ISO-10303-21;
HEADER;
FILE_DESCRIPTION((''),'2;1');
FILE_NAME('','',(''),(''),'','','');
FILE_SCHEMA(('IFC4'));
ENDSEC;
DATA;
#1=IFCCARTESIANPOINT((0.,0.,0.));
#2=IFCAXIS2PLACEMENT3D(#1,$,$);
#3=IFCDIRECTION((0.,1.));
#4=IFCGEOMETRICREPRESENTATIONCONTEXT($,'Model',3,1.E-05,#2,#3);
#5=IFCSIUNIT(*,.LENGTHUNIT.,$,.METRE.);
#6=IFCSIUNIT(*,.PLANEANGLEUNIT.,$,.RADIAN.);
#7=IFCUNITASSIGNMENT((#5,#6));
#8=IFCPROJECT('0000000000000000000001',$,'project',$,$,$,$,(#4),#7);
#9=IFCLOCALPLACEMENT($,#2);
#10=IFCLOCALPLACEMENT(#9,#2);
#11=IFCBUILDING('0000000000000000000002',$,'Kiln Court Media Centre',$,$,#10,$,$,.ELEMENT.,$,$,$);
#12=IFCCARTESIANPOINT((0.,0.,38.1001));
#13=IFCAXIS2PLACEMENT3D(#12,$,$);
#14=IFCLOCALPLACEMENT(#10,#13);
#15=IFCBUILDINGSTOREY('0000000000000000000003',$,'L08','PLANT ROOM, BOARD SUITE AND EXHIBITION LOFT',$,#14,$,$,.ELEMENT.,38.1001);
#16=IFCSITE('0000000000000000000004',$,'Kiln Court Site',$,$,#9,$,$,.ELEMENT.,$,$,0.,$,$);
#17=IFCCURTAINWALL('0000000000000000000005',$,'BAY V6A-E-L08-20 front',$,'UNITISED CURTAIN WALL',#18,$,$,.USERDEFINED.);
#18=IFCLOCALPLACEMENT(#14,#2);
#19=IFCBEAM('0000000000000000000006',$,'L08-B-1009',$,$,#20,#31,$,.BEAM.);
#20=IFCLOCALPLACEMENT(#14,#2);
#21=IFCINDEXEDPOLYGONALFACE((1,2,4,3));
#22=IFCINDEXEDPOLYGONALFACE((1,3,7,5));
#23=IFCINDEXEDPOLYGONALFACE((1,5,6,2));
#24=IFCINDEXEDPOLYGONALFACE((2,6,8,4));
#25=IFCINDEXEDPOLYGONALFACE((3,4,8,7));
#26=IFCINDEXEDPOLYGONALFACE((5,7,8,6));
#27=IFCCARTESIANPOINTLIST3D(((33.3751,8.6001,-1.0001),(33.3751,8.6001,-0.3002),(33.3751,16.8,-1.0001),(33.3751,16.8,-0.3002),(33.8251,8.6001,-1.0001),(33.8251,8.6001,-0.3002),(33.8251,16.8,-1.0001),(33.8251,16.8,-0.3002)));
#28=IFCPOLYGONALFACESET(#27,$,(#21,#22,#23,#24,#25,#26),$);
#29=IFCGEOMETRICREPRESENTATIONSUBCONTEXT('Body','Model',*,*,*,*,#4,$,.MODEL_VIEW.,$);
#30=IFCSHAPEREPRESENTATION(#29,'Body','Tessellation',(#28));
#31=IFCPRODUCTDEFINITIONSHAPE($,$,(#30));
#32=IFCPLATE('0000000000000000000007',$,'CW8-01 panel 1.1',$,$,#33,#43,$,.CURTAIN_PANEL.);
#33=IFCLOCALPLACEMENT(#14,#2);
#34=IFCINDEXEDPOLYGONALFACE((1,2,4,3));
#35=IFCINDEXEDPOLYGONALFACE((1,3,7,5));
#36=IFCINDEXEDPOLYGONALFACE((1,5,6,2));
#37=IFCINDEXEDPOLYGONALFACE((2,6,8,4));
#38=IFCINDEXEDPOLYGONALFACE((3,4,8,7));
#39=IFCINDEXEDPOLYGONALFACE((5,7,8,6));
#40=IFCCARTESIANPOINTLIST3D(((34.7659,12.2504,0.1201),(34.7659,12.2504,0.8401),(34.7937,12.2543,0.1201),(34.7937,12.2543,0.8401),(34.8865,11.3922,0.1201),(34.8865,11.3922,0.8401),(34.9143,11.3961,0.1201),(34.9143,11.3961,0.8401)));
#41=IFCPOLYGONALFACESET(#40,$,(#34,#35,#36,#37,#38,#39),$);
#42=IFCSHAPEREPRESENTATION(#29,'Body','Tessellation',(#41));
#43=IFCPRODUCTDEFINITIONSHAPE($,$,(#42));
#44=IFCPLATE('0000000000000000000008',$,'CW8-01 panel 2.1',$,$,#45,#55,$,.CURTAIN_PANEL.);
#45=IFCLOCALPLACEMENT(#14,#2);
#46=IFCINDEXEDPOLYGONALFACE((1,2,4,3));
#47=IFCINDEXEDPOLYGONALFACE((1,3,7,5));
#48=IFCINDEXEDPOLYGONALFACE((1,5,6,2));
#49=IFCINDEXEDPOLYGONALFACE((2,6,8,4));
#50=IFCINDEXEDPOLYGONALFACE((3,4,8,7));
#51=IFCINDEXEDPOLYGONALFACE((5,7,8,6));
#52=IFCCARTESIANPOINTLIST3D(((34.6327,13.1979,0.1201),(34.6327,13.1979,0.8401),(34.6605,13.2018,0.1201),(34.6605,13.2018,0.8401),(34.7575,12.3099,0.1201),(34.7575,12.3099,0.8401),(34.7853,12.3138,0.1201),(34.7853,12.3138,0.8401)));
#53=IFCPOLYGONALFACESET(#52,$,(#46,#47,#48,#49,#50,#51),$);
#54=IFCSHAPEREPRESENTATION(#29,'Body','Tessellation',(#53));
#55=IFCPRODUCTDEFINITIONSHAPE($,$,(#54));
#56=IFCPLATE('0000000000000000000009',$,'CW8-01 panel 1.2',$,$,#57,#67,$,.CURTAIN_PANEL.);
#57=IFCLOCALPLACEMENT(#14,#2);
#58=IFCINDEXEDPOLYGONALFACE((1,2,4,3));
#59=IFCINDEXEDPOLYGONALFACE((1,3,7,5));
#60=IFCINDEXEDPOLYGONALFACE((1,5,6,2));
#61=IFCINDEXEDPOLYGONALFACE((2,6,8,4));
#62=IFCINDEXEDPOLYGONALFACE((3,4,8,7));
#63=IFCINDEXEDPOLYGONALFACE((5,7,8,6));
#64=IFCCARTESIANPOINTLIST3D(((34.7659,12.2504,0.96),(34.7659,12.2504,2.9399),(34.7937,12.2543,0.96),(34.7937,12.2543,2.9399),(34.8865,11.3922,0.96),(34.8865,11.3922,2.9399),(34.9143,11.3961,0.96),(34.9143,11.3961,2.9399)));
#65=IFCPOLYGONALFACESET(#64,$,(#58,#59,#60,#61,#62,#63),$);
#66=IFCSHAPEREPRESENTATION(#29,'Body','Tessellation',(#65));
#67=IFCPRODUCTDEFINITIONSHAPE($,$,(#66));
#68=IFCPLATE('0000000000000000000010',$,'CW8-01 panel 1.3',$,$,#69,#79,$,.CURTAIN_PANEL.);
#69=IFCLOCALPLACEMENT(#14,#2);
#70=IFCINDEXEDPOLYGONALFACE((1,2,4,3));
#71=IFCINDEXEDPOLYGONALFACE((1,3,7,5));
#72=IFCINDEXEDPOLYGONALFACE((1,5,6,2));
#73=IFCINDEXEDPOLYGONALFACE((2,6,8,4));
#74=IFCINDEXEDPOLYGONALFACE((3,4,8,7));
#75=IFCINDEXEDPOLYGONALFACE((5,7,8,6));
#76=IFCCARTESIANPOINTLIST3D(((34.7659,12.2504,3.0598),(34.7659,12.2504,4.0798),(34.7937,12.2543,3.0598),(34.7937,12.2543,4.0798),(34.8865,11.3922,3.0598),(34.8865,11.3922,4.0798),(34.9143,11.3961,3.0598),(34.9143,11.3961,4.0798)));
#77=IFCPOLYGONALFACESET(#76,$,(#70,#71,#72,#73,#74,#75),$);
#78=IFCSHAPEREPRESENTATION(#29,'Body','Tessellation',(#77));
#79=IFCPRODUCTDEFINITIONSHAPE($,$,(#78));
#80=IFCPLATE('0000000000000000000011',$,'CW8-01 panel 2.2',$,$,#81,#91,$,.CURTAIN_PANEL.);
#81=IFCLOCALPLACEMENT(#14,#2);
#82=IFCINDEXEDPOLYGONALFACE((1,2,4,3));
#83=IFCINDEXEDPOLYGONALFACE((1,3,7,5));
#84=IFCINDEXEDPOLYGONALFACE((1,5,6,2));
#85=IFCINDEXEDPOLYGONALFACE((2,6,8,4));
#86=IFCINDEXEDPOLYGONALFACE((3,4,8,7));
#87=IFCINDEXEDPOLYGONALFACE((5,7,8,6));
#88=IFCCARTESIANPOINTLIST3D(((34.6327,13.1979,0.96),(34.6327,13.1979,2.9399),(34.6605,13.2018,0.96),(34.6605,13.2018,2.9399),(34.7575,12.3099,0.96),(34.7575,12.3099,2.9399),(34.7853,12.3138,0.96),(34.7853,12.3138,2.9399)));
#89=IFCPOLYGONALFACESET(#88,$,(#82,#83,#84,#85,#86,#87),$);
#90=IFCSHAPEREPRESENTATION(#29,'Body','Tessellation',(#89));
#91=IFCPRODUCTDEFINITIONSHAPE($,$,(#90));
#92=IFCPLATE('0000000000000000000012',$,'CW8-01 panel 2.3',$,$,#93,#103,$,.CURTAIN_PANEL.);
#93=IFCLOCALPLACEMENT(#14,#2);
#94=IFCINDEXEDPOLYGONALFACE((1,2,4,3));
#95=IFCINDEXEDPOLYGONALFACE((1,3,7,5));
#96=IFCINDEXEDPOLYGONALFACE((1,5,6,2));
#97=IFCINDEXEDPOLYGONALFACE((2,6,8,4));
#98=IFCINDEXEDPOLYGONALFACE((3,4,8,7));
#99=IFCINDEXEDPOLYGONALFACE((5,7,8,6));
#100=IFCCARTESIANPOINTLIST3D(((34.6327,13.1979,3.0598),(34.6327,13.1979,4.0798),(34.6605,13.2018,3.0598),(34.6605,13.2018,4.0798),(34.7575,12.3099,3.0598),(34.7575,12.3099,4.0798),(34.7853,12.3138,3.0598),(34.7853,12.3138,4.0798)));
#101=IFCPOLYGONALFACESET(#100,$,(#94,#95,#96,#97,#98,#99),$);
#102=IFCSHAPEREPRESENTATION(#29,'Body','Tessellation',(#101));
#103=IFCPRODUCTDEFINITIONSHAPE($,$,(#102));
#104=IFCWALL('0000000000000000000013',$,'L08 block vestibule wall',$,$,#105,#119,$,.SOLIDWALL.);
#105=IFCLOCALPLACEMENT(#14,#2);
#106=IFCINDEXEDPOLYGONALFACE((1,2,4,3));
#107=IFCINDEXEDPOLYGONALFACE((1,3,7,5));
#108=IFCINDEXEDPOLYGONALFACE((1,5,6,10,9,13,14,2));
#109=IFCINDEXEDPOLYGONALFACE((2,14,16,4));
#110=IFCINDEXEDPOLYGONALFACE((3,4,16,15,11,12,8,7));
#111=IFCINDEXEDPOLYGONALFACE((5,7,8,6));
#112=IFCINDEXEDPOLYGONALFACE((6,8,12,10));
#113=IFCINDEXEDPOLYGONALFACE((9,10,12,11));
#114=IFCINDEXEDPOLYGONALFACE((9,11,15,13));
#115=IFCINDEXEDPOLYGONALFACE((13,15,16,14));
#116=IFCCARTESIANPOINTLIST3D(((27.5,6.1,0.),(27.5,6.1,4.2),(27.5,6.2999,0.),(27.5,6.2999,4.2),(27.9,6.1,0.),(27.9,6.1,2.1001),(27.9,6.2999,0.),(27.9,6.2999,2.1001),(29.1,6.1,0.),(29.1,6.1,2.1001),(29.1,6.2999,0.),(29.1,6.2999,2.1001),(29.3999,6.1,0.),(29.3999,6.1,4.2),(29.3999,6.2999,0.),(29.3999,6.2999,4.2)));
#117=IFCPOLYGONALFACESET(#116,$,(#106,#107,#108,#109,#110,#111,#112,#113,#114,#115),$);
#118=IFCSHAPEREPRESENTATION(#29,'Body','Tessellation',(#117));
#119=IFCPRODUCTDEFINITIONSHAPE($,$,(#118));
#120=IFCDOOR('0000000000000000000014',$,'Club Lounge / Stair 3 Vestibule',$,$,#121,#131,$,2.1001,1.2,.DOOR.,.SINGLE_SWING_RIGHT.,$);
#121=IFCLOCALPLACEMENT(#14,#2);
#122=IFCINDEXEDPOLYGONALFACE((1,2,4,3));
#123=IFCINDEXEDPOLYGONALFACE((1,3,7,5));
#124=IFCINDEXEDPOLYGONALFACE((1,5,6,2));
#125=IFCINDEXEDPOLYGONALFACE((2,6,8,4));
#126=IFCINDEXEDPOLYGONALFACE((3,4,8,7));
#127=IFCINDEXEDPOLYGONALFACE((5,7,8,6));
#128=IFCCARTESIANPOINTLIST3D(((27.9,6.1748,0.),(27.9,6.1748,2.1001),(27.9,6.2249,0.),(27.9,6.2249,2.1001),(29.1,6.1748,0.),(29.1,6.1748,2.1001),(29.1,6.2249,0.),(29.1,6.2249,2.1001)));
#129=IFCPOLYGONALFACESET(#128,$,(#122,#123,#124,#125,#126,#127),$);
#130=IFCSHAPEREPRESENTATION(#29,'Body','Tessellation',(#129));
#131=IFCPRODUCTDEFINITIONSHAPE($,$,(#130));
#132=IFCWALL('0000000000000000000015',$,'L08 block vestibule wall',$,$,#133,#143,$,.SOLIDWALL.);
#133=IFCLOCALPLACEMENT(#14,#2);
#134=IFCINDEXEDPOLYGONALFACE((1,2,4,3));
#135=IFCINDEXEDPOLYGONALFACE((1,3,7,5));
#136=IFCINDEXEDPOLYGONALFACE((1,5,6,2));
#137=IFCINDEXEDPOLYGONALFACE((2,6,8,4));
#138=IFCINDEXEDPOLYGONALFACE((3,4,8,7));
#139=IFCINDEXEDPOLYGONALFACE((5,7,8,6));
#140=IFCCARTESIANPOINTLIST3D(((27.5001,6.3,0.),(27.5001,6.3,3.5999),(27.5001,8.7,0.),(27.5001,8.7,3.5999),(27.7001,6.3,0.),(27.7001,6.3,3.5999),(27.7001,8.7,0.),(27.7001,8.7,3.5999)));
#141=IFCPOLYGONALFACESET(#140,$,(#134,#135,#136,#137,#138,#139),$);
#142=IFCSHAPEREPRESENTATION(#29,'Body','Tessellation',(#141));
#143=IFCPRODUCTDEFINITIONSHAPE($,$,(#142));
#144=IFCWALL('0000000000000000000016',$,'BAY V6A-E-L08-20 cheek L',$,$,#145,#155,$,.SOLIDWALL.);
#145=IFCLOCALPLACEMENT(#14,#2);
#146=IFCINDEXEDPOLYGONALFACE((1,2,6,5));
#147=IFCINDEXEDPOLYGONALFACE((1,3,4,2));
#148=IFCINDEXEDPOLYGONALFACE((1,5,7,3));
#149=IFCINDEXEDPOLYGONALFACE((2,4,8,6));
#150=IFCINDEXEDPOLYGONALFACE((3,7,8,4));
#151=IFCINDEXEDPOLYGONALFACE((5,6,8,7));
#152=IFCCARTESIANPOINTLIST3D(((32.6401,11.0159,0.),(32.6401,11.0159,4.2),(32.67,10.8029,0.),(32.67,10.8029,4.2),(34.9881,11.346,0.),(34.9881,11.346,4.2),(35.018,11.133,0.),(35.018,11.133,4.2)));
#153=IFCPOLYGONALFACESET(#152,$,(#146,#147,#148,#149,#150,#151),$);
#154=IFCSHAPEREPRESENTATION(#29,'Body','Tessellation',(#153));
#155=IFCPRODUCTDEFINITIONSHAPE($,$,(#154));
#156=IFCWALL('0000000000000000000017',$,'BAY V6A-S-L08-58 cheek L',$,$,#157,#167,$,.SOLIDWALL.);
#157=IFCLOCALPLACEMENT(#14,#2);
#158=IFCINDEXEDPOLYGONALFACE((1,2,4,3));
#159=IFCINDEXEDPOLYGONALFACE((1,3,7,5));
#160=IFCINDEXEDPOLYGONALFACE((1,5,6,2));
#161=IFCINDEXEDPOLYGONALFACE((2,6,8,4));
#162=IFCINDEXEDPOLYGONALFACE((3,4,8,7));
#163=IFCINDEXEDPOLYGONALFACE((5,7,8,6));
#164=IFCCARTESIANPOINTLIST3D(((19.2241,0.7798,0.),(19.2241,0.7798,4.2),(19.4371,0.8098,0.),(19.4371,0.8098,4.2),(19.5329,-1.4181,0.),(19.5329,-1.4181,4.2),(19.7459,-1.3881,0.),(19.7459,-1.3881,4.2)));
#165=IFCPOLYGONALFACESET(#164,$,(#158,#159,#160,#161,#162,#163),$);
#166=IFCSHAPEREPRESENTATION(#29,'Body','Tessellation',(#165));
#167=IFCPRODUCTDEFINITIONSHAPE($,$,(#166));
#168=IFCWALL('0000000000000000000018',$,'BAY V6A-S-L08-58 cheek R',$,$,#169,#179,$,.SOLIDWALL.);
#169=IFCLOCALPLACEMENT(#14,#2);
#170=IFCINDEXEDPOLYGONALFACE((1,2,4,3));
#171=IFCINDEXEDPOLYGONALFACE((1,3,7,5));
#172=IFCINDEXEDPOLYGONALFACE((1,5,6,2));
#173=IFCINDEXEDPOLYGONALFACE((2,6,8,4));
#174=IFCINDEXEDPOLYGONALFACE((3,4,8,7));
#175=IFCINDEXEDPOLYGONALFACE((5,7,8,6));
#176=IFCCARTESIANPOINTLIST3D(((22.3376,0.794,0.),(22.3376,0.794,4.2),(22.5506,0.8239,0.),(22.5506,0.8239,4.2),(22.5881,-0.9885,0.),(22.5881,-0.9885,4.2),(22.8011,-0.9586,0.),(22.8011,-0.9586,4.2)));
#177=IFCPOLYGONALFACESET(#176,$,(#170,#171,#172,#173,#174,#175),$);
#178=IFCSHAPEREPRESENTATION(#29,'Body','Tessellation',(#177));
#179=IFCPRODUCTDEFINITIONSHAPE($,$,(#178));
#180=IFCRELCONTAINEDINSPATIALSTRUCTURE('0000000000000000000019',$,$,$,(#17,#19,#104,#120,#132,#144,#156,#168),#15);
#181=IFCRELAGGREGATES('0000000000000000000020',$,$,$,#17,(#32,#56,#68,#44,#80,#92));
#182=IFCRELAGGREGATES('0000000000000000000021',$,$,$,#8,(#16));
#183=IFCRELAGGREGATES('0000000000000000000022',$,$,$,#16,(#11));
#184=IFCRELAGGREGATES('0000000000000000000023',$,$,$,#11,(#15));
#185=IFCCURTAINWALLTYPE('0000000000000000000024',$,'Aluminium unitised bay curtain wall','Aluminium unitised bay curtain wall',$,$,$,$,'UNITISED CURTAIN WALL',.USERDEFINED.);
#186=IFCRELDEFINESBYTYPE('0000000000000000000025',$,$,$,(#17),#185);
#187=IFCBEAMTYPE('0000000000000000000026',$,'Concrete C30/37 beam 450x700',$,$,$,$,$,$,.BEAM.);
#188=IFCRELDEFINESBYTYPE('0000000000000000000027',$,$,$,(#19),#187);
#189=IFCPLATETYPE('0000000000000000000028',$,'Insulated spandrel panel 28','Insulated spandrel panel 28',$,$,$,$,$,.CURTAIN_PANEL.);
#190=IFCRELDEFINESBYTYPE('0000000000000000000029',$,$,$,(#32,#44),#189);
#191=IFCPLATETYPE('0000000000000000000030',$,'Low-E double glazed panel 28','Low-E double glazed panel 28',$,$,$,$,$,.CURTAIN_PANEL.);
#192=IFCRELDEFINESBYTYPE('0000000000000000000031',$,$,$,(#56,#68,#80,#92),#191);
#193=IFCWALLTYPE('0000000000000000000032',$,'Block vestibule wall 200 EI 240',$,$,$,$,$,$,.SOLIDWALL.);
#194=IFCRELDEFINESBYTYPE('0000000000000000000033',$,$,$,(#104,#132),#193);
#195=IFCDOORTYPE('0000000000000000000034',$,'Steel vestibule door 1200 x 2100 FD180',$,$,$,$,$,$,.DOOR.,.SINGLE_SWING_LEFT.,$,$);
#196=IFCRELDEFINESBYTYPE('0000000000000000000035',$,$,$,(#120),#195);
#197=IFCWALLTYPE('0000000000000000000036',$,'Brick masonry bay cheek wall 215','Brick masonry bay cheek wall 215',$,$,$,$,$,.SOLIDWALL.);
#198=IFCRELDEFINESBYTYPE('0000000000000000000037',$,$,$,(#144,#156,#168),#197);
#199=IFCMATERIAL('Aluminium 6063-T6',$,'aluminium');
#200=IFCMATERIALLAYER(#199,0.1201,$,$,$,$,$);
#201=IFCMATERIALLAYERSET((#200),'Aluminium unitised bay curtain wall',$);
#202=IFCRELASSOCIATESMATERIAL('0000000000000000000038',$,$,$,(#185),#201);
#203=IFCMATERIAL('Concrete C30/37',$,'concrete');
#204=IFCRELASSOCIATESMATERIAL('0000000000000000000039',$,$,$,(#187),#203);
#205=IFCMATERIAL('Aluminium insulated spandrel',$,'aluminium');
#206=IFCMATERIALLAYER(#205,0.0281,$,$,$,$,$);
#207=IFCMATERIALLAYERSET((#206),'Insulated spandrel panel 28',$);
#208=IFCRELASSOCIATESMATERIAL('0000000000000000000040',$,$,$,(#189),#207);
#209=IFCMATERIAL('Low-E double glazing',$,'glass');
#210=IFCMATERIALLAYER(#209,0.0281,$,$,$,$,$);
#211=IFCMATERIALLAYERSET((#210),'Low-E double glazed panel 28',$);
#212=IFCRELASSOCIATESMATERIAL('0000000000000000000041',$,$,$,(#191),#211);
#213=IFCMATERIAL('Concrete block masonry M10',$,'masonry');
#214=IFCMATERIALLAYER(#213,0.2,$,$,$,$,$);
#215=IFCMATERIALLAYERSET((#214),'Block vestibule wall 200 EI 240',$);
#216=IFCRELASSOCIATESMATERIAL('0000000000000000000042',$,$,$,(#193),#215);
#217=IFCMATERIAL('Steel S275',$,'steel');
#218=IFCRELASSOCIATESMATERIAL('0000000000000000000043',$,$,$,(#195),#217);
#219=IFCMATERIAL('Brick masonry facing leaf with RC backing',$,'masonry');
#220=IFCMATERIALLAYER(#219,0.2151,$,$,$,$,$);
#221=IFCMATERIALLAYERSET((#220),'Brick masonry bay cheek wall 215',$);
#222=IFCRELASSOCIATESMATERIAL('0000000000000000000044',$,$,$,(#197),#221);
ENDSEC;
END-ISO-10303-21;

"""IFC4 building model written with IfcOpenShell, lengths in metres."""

from ifc_helpers import new_model, si_unit, direction, frame, frame_2d, origin, origin_2d, place, context, subcontext, project, spatial, rectangle, extrude, material, layer, layer_set, material_profile, profile_set, type_object, element, fill, aggregate, save


model = new_model("IFC4")

# Units and contexts
model_context = context("Model", 3, precision=1e-05, world=origin(), true_north=direction((0.0, 1.0)))
body_context = subcontext(model_context, "Body", "Model", "MODEL_VIEW")
ifc_project = project(units=[si_unit("LENGTHUNIT", "METRE"), si_unit("PLANEANGLEUNIT", "RADIAN")], contexts=[model_context])

# Site, building, storey
site_placement = place(None, origin())
site = spatial("IfcSite", under=ifc_project, at=site_placement, Name="Kiln Court Site", CompositionType="ELEMENT", RefElevation=0.0)
building_placement = place(site_placement, origin())
building = spatial("IfcBuilding", under=site, at=building_placement, Name="Kiln Court Media Centre", CompositionType="ELEMENT")
storey_placement = place(building_placement, frame((0.0, 0.0, 38.1001)))
storey = spatial("IfcBuildingStorey", under=building, at=storey_placement, Name="L08", Description="PLANT ROOM, BOARD SUITE AND EXHIBITION LOFT", CompositionType="ELEMENT", Elevation=38.1001)

# Curtain wall
ifc_material_1 = material(Name="Aluminium 6063-T6", Category="aluminium")
ifc_layer_1 = layer(ifc_material_1, 0.1201)
ifc_layer_set_1 = layer_set([ifc_layer_1], Name="Aluminium unitised bay curtain wall")
curtain_wall_type = type_object("IfcCurtainWallType", Name="Aluminium unitised bay curtain wall", Description="Aluminium unitised bay curtain wall", ElementType="UNITISED CURTAIN WALL", PredefinedType="USERDEFINED", material=ifc_layer_set_1)
curtain_wall_placement = place(storey_placement, origin())
curtain_wall = element("IfcCurtainWall", 1, at=curtain_wall_placement, inside=storey, type_object=curtain_wall_type, Name="BAY V6A-E-L08-20 front", ObjectType="UNITISED CURTAIN WALL", PredefinedType="USERDEFINED")

# Beam
ifc_material_2 = material(Name="Concrete C30/37", Category="concrete")
ifc_material_profile_1 = material_profile(ifc_material_2, rectangle(XDim=0.45, YDim=0.7, at=origin_2d()), Name="RC 450x700")
ifc_profile_set_1 = profile_set([ifc_material_profile_1], Name="Concrete C30/37")
beam_type_1 = type_object("IfcBeamType", Name="Concrete C30/37 beam 450x700", PredefinedType="BEAM", material=ifc_profile_set_1)
beam_1_placement = place(storey_placement, frame((33.6001, 8.6001, -0.6501), z_axis=(0.0, 1.0, 0.0), x_axis=(-1.0, 0.0, 0.0)))
element("IfcBeam", 2, at=beam_1_placement, inside=storey, type_object=beam_type_1, Name="L08-B-1009", PredefinedType="BEAM", context=body_context, shape_type="SweptSolid", body=[
    extrude(rectangle(XDim=0.45, YDim=0.7, at=origin_2d()), origin(), (0.0, 0.0, 1.0), 8.2),
])

# Plates
ifc_material_3 = material(Name="Aluminium insulated spandrel", Category="aluminium")
ifc_layer_2 = layer(ifc_material_3, 0.0281)
ifc_layer_set_2 = layer_set([ifc_layer_2], Name="Insulated spandrel panel 28")
plate_type_1 = type_object("IfcPlateType", Name="Insulated spandrel panel 28", Description="Insulated spandrel panel 28", PredefinedType="CURTAIN_PANEL", material=ifc_layer_set_2)
plate_1_placement = place(storey_placement, frame((34.8401, 11.8232, 0.1201), z_axis=(0.0, 0.0, 1.0), x_axis=(-0.139162, 0.99027, 0.0)))
plate_1 = element("IfcPlate", 3, at=plate_1_placement, type_object=plate_type_1, Name="CW8-01 panel 1.1", PredefinedType="CURTAIN_PANEL", context=body_context, shape_type="SweptSolid", body=[
    extrude(rectangle(XDim=0.8667, YDim=0.0281, at=origin_2d()), origin(), (0.0, 0.0, 1.0), 0.72),
])
plate_2_placement = place(storey_placement, frame((34.709, 12.7559, 0.1201), z_axis=(0.0, 0.0, 1.0), x_axis=(-0.139162, 0.99027, 0.0)))
plate_2 = element("IfcPlate", 4, at=plate_2_placement, type_object=plate_type_1, Name="CW8-01 panel 2.1", PredefinedType="CURTAIN_PANEL", context=body_context, shape_type="SweptSolid", body=[
    extrude(rectangle(XDim=0.8967, YDim=0.0281, at=origin_2d()), origin(), (0.0, 0.0, 1.0), 0.72),
])
ifc_material_4 = material(Name="Low-E double glazing", Category="glass")
ifc_layer_3 = layer(ifc_material_4, 0.0281)
ifc_layer_set_3 = layer_set([ifc_layer_3], Name="Low-E double glazed panel 28")
plate_type_2 = type_object("IfcPlateType", Name="Low-E double glazed panel 28", Description="Low-E double glazed panel 28", PredefinedType="CURTAIN_PANEL", material=ifc_layer_set_3)
plate_3_placement = place(storey_placement, frame((34.8401, 11.8232, 0.96), z_axis=(0.0, 0.0, 1.0), x_axis=(-0.139162, 0.99027, 0.0)))
plate_3 = element("IfcPlate", 5, at=plate_3_placement, type_object=plate_type_2, Name="CW8-01 panel 1.2", PredefinedType="CURTAIN_PANEL", context=body_context, shape_type="SweptSolid", body=[
    extrude(rectangle(XDim=0.8667, YDim=0.0281, at=origin_2d()), origin(), (0.0, 0.0, 1.0), 1.98),
])
plate_4_placement = place(storey_placement, frame((34.8401, 11.8232, 3.0598), z_axis=(0.0, 0.0, 1.0), x_axis=(-0.139162, 0.99027, 0.0)))
plate_4 = element("IfcPlate", 6, at=plate_4_placement, type_object=plate_type_2, Name="CW8-01 panel 1.3", PredefinedType="CURTAIN_PANEL", context=body_context, shape_type="SweptSolid", body=[
    extrude(rectangle(XDim=0.8667, YDim=0.0281, at=origin_2d()), origin(), (0.0, 0.0, 1.0), 1.02),
])
plate_5_placement = place(storey_placement, frame((34.709, 12.7559, 0.96), z_axis=(0.0, 0.0, 1.0), x_axis=(-0.139162, 0.99027, 0.0)))
plate_5 = element("IfcPlate", 7, at=plate_5_placement, type_object=plate_type_2, Name="CW8-01 panel 2.2", PredefinedType="CURTAIN_PANEL", context=body_context, shape_type="SweptSolid", body=[
    extrude(rectangle(XDim=0.8967, YDim=0.0281, at=origin_2d()), origin(), (0.0, 0.0, 1.0), 1.98),
])
plate_6_placement = place(storey_placement, frame((34.709, 12.7559, 3.0598), z_axis=(0.0, 0.0, 1.0), x_axis=(-0.139162, 0.99027, 0.0)))
plate_6 = element("IfcPlate", 8, at=plate_6_placement, type_object=plate_type_2, Name="CW8-01 panel 2.3", PredefinedType="CURTAIN_PANEL", context=body_context, shape_type="SweptSolid", body=[
    extrude(rectangle(XDim=0.8967, YDim=0.0281, at=origin_2d()), origin(), (0.0, 0.0, 1.0), 1.02),
])
aggregate(curtain_wall, [plate_1, plate_3, plate_4, plate_2, plate_5, plate_6])

# Wall, opening, door
ifc_material_5 = material(Name="Concrete block masonry M10", Category="masonry")
ifc_layer_4 = layer(ifc_material_5, 0.2)
ifc_layer_set_4 = layer_set([ifc_layer_4], Name="Block vestibule wall 200 EI 240")
wall_type_1 = type_object("IfcWallType", Name="Block vestibule wall 200 EI 240", PredefinedType="SOLIDWALL", material=ifc_layer_set_4)
wall_1_placement = place(storey_placement, frame((27.5, 6.2, 0.0), z_axis=(0.0, 0.0, 1.0), x_axis=(1.0, 0.0, 0.0)))
wall_1 = element("IfcWall", 9, at=wall_1_placement, inside=storey, type_object=wall_type_1, Name="L08 block vestibule wall", PredefinedType="SOLIDWALL", context=body_context, shape_type="SweptSolid", body=[
    extrude(rectangle(XDim=1.8999, YDim=0.2, at=frame_2d((0.95, 0.0))), origin(), (0.0, 0.0, 1.0), 4.2),
])
opening_1_placement = place(wall_1_placement, frame((0.3999, 0.0, 0.0)))
opening_1 = element("IfcOpeningElement", 10, at=opening_1_placement, cuts=wall_1, PredefinedType="OPENING", context=body_context, shape_type="SweptSolid", body=[
    extrude(rectangle(XDim=1.2, YDim=2.1001, at=frame_2d((0.6001, 1.05))), frame((0.0, 0.1099, 0.0), z_axis=(0.0, -1.0, 0.0), x_axis=(1.0, 0.0, 0.0)), (0.0, 0.0, 1.0), 0.22),
])
ifc_material_6 = material(Name="Steel S275", Category="steel")
door_type_1 = type_object("IfcDoorType", Name="Steel vestibule door 1200 x 2100 FD180", OperationType="SINGLE_SWING_LEFT", PredefinedType="DOOR", material=ifc_material_6)
door_1_placement = place(opening_1_placement, origin())
door_1 = element("IfcDoor", 11, at=door_1_placement, inside=storey, type_object=door_type_1, Name="Club Lounge / Stair 3 Vestibule", OperationType="SINGLE_SWING_RIGHT", OverallHeight=2.1001, OverallWidth=1.2, PredefinedType="DOOR", context=body_context, shape_type="SweptSolid", body=[
    extrude(rectangle(XDim=1.2, YDim=2.1001, at=frame_2d((0.6001, 1.05))), frame((0.0, 0.0249, 0.0), z_axis=(0.0, -1.0, 0.0), x_axis=(1.0, 0.0, 0.0)), (0.0, 0.0, 1.0), 0.05),
])
fill(opening_1, door_1)

# Walls
wall_2_placement = place(storey_placement, frame((27.6001, 6.3, 0.0), z_axis=(0.0, 0.0, 1.0), x_axis=(0.0, 1.0, 0.0)))
element("IfcWall", 12, at=wall_2_placement, inside=storey, type_object=wall_type_1, Name="L08 block vestibule wall", PredefinedType="SOLIDWALL", context=body_context, shape_type="SweptSolid", body=[
    extrude(rectangle(XDim=2.3999, YDim=0.2, at=frame_2d((1.2, 0.0))), origin(), (0.0, 0.0, 1.0), 3.5999),
])
ifc_material_7 = material(Name="Brick masonry facing leaf with RC backing", Category="masonry")
ifc_layer_5 = layer(ifc_material_7, 0.2151)
ifc_layer_set_5 = layer_set([ifc_layer_5], Name="Brick masonry bay cheek wall 215")
wall_type_2 = type_object("IfcWallType", Name="Brick masonry bay cheek wall 215", Description="Brick masonry bay cheek wall 215", PredefinedType="SOLIDWALL", material=ifc_layer_set_5)
wall_3_placement = place(storey_placement, frame((32.655, 10.9094, 0.0), z_axis=(0.0, 0.0, 1.0), x_axis=(0.990262, 0.139215, 0.0)))
element("IfcWall", 13, at=wall_3_placement, inside=storey, type_object=wall_type_2, Name="BAY V6A-E-L08-20 cheek L", PredefinedType="SOLIDWALL", context=body_context, shape_type="SweptSolid", body=[
    extrude(rectangle(XDim=2.3711, YDim=0.2151, at=frame_2d((1.1855, 0.0))), origin(), (0.0, 0.0, 1.0), 4.2),
])
wall_4_placement = place(storey_placement, frame((19.3306, 0.7949, 0.0), z_axis=(0.0, 0.0, 1.0), x_axis=(0.139142, -0.990272, 0.0)))
element("IfcWall", 14, at=wall_4_placement, inside=storey, type_object=wall_type_2, Name="BAY V6A-S-L08-58 cheek L", PredefinedType="SOLIDWALL", context=body_context, shape_type="SweptSolid", body=[
    extrude(rectangle(XDim=2.2195, YDim=0.2151, at=frame_2d((1.1099, 0.0))), origin(), (0.0, 0.0, 1.0), 4.2),
])
for number, where, z_axis, x_axis, name in (
    (15, (22.4441, 0.8088, 0.0), (0.0, 0.0, 1.0), (0.139161, -0.99027, 0.0), "BAY V6A-S-L08-58 cheek R"),
):
    element("IfcWall", number, at=place(storey_placement, frame(where, z_axis=z_axis, x_axis=x_axis)), inside=storey, type_object=wall_type_2, Name=name, PredefinedType="SOLIDWALL", context=body_context, shape_type="SweptSolid", body=[
        extrude(rectangle(XDim=1.8, YDim=0.2151, at=frame_2d((0.8999, 0.0))), origin(), (0.0, 0.0, 1.0), 4.2),
    ])

save(model, "model.ifc")
